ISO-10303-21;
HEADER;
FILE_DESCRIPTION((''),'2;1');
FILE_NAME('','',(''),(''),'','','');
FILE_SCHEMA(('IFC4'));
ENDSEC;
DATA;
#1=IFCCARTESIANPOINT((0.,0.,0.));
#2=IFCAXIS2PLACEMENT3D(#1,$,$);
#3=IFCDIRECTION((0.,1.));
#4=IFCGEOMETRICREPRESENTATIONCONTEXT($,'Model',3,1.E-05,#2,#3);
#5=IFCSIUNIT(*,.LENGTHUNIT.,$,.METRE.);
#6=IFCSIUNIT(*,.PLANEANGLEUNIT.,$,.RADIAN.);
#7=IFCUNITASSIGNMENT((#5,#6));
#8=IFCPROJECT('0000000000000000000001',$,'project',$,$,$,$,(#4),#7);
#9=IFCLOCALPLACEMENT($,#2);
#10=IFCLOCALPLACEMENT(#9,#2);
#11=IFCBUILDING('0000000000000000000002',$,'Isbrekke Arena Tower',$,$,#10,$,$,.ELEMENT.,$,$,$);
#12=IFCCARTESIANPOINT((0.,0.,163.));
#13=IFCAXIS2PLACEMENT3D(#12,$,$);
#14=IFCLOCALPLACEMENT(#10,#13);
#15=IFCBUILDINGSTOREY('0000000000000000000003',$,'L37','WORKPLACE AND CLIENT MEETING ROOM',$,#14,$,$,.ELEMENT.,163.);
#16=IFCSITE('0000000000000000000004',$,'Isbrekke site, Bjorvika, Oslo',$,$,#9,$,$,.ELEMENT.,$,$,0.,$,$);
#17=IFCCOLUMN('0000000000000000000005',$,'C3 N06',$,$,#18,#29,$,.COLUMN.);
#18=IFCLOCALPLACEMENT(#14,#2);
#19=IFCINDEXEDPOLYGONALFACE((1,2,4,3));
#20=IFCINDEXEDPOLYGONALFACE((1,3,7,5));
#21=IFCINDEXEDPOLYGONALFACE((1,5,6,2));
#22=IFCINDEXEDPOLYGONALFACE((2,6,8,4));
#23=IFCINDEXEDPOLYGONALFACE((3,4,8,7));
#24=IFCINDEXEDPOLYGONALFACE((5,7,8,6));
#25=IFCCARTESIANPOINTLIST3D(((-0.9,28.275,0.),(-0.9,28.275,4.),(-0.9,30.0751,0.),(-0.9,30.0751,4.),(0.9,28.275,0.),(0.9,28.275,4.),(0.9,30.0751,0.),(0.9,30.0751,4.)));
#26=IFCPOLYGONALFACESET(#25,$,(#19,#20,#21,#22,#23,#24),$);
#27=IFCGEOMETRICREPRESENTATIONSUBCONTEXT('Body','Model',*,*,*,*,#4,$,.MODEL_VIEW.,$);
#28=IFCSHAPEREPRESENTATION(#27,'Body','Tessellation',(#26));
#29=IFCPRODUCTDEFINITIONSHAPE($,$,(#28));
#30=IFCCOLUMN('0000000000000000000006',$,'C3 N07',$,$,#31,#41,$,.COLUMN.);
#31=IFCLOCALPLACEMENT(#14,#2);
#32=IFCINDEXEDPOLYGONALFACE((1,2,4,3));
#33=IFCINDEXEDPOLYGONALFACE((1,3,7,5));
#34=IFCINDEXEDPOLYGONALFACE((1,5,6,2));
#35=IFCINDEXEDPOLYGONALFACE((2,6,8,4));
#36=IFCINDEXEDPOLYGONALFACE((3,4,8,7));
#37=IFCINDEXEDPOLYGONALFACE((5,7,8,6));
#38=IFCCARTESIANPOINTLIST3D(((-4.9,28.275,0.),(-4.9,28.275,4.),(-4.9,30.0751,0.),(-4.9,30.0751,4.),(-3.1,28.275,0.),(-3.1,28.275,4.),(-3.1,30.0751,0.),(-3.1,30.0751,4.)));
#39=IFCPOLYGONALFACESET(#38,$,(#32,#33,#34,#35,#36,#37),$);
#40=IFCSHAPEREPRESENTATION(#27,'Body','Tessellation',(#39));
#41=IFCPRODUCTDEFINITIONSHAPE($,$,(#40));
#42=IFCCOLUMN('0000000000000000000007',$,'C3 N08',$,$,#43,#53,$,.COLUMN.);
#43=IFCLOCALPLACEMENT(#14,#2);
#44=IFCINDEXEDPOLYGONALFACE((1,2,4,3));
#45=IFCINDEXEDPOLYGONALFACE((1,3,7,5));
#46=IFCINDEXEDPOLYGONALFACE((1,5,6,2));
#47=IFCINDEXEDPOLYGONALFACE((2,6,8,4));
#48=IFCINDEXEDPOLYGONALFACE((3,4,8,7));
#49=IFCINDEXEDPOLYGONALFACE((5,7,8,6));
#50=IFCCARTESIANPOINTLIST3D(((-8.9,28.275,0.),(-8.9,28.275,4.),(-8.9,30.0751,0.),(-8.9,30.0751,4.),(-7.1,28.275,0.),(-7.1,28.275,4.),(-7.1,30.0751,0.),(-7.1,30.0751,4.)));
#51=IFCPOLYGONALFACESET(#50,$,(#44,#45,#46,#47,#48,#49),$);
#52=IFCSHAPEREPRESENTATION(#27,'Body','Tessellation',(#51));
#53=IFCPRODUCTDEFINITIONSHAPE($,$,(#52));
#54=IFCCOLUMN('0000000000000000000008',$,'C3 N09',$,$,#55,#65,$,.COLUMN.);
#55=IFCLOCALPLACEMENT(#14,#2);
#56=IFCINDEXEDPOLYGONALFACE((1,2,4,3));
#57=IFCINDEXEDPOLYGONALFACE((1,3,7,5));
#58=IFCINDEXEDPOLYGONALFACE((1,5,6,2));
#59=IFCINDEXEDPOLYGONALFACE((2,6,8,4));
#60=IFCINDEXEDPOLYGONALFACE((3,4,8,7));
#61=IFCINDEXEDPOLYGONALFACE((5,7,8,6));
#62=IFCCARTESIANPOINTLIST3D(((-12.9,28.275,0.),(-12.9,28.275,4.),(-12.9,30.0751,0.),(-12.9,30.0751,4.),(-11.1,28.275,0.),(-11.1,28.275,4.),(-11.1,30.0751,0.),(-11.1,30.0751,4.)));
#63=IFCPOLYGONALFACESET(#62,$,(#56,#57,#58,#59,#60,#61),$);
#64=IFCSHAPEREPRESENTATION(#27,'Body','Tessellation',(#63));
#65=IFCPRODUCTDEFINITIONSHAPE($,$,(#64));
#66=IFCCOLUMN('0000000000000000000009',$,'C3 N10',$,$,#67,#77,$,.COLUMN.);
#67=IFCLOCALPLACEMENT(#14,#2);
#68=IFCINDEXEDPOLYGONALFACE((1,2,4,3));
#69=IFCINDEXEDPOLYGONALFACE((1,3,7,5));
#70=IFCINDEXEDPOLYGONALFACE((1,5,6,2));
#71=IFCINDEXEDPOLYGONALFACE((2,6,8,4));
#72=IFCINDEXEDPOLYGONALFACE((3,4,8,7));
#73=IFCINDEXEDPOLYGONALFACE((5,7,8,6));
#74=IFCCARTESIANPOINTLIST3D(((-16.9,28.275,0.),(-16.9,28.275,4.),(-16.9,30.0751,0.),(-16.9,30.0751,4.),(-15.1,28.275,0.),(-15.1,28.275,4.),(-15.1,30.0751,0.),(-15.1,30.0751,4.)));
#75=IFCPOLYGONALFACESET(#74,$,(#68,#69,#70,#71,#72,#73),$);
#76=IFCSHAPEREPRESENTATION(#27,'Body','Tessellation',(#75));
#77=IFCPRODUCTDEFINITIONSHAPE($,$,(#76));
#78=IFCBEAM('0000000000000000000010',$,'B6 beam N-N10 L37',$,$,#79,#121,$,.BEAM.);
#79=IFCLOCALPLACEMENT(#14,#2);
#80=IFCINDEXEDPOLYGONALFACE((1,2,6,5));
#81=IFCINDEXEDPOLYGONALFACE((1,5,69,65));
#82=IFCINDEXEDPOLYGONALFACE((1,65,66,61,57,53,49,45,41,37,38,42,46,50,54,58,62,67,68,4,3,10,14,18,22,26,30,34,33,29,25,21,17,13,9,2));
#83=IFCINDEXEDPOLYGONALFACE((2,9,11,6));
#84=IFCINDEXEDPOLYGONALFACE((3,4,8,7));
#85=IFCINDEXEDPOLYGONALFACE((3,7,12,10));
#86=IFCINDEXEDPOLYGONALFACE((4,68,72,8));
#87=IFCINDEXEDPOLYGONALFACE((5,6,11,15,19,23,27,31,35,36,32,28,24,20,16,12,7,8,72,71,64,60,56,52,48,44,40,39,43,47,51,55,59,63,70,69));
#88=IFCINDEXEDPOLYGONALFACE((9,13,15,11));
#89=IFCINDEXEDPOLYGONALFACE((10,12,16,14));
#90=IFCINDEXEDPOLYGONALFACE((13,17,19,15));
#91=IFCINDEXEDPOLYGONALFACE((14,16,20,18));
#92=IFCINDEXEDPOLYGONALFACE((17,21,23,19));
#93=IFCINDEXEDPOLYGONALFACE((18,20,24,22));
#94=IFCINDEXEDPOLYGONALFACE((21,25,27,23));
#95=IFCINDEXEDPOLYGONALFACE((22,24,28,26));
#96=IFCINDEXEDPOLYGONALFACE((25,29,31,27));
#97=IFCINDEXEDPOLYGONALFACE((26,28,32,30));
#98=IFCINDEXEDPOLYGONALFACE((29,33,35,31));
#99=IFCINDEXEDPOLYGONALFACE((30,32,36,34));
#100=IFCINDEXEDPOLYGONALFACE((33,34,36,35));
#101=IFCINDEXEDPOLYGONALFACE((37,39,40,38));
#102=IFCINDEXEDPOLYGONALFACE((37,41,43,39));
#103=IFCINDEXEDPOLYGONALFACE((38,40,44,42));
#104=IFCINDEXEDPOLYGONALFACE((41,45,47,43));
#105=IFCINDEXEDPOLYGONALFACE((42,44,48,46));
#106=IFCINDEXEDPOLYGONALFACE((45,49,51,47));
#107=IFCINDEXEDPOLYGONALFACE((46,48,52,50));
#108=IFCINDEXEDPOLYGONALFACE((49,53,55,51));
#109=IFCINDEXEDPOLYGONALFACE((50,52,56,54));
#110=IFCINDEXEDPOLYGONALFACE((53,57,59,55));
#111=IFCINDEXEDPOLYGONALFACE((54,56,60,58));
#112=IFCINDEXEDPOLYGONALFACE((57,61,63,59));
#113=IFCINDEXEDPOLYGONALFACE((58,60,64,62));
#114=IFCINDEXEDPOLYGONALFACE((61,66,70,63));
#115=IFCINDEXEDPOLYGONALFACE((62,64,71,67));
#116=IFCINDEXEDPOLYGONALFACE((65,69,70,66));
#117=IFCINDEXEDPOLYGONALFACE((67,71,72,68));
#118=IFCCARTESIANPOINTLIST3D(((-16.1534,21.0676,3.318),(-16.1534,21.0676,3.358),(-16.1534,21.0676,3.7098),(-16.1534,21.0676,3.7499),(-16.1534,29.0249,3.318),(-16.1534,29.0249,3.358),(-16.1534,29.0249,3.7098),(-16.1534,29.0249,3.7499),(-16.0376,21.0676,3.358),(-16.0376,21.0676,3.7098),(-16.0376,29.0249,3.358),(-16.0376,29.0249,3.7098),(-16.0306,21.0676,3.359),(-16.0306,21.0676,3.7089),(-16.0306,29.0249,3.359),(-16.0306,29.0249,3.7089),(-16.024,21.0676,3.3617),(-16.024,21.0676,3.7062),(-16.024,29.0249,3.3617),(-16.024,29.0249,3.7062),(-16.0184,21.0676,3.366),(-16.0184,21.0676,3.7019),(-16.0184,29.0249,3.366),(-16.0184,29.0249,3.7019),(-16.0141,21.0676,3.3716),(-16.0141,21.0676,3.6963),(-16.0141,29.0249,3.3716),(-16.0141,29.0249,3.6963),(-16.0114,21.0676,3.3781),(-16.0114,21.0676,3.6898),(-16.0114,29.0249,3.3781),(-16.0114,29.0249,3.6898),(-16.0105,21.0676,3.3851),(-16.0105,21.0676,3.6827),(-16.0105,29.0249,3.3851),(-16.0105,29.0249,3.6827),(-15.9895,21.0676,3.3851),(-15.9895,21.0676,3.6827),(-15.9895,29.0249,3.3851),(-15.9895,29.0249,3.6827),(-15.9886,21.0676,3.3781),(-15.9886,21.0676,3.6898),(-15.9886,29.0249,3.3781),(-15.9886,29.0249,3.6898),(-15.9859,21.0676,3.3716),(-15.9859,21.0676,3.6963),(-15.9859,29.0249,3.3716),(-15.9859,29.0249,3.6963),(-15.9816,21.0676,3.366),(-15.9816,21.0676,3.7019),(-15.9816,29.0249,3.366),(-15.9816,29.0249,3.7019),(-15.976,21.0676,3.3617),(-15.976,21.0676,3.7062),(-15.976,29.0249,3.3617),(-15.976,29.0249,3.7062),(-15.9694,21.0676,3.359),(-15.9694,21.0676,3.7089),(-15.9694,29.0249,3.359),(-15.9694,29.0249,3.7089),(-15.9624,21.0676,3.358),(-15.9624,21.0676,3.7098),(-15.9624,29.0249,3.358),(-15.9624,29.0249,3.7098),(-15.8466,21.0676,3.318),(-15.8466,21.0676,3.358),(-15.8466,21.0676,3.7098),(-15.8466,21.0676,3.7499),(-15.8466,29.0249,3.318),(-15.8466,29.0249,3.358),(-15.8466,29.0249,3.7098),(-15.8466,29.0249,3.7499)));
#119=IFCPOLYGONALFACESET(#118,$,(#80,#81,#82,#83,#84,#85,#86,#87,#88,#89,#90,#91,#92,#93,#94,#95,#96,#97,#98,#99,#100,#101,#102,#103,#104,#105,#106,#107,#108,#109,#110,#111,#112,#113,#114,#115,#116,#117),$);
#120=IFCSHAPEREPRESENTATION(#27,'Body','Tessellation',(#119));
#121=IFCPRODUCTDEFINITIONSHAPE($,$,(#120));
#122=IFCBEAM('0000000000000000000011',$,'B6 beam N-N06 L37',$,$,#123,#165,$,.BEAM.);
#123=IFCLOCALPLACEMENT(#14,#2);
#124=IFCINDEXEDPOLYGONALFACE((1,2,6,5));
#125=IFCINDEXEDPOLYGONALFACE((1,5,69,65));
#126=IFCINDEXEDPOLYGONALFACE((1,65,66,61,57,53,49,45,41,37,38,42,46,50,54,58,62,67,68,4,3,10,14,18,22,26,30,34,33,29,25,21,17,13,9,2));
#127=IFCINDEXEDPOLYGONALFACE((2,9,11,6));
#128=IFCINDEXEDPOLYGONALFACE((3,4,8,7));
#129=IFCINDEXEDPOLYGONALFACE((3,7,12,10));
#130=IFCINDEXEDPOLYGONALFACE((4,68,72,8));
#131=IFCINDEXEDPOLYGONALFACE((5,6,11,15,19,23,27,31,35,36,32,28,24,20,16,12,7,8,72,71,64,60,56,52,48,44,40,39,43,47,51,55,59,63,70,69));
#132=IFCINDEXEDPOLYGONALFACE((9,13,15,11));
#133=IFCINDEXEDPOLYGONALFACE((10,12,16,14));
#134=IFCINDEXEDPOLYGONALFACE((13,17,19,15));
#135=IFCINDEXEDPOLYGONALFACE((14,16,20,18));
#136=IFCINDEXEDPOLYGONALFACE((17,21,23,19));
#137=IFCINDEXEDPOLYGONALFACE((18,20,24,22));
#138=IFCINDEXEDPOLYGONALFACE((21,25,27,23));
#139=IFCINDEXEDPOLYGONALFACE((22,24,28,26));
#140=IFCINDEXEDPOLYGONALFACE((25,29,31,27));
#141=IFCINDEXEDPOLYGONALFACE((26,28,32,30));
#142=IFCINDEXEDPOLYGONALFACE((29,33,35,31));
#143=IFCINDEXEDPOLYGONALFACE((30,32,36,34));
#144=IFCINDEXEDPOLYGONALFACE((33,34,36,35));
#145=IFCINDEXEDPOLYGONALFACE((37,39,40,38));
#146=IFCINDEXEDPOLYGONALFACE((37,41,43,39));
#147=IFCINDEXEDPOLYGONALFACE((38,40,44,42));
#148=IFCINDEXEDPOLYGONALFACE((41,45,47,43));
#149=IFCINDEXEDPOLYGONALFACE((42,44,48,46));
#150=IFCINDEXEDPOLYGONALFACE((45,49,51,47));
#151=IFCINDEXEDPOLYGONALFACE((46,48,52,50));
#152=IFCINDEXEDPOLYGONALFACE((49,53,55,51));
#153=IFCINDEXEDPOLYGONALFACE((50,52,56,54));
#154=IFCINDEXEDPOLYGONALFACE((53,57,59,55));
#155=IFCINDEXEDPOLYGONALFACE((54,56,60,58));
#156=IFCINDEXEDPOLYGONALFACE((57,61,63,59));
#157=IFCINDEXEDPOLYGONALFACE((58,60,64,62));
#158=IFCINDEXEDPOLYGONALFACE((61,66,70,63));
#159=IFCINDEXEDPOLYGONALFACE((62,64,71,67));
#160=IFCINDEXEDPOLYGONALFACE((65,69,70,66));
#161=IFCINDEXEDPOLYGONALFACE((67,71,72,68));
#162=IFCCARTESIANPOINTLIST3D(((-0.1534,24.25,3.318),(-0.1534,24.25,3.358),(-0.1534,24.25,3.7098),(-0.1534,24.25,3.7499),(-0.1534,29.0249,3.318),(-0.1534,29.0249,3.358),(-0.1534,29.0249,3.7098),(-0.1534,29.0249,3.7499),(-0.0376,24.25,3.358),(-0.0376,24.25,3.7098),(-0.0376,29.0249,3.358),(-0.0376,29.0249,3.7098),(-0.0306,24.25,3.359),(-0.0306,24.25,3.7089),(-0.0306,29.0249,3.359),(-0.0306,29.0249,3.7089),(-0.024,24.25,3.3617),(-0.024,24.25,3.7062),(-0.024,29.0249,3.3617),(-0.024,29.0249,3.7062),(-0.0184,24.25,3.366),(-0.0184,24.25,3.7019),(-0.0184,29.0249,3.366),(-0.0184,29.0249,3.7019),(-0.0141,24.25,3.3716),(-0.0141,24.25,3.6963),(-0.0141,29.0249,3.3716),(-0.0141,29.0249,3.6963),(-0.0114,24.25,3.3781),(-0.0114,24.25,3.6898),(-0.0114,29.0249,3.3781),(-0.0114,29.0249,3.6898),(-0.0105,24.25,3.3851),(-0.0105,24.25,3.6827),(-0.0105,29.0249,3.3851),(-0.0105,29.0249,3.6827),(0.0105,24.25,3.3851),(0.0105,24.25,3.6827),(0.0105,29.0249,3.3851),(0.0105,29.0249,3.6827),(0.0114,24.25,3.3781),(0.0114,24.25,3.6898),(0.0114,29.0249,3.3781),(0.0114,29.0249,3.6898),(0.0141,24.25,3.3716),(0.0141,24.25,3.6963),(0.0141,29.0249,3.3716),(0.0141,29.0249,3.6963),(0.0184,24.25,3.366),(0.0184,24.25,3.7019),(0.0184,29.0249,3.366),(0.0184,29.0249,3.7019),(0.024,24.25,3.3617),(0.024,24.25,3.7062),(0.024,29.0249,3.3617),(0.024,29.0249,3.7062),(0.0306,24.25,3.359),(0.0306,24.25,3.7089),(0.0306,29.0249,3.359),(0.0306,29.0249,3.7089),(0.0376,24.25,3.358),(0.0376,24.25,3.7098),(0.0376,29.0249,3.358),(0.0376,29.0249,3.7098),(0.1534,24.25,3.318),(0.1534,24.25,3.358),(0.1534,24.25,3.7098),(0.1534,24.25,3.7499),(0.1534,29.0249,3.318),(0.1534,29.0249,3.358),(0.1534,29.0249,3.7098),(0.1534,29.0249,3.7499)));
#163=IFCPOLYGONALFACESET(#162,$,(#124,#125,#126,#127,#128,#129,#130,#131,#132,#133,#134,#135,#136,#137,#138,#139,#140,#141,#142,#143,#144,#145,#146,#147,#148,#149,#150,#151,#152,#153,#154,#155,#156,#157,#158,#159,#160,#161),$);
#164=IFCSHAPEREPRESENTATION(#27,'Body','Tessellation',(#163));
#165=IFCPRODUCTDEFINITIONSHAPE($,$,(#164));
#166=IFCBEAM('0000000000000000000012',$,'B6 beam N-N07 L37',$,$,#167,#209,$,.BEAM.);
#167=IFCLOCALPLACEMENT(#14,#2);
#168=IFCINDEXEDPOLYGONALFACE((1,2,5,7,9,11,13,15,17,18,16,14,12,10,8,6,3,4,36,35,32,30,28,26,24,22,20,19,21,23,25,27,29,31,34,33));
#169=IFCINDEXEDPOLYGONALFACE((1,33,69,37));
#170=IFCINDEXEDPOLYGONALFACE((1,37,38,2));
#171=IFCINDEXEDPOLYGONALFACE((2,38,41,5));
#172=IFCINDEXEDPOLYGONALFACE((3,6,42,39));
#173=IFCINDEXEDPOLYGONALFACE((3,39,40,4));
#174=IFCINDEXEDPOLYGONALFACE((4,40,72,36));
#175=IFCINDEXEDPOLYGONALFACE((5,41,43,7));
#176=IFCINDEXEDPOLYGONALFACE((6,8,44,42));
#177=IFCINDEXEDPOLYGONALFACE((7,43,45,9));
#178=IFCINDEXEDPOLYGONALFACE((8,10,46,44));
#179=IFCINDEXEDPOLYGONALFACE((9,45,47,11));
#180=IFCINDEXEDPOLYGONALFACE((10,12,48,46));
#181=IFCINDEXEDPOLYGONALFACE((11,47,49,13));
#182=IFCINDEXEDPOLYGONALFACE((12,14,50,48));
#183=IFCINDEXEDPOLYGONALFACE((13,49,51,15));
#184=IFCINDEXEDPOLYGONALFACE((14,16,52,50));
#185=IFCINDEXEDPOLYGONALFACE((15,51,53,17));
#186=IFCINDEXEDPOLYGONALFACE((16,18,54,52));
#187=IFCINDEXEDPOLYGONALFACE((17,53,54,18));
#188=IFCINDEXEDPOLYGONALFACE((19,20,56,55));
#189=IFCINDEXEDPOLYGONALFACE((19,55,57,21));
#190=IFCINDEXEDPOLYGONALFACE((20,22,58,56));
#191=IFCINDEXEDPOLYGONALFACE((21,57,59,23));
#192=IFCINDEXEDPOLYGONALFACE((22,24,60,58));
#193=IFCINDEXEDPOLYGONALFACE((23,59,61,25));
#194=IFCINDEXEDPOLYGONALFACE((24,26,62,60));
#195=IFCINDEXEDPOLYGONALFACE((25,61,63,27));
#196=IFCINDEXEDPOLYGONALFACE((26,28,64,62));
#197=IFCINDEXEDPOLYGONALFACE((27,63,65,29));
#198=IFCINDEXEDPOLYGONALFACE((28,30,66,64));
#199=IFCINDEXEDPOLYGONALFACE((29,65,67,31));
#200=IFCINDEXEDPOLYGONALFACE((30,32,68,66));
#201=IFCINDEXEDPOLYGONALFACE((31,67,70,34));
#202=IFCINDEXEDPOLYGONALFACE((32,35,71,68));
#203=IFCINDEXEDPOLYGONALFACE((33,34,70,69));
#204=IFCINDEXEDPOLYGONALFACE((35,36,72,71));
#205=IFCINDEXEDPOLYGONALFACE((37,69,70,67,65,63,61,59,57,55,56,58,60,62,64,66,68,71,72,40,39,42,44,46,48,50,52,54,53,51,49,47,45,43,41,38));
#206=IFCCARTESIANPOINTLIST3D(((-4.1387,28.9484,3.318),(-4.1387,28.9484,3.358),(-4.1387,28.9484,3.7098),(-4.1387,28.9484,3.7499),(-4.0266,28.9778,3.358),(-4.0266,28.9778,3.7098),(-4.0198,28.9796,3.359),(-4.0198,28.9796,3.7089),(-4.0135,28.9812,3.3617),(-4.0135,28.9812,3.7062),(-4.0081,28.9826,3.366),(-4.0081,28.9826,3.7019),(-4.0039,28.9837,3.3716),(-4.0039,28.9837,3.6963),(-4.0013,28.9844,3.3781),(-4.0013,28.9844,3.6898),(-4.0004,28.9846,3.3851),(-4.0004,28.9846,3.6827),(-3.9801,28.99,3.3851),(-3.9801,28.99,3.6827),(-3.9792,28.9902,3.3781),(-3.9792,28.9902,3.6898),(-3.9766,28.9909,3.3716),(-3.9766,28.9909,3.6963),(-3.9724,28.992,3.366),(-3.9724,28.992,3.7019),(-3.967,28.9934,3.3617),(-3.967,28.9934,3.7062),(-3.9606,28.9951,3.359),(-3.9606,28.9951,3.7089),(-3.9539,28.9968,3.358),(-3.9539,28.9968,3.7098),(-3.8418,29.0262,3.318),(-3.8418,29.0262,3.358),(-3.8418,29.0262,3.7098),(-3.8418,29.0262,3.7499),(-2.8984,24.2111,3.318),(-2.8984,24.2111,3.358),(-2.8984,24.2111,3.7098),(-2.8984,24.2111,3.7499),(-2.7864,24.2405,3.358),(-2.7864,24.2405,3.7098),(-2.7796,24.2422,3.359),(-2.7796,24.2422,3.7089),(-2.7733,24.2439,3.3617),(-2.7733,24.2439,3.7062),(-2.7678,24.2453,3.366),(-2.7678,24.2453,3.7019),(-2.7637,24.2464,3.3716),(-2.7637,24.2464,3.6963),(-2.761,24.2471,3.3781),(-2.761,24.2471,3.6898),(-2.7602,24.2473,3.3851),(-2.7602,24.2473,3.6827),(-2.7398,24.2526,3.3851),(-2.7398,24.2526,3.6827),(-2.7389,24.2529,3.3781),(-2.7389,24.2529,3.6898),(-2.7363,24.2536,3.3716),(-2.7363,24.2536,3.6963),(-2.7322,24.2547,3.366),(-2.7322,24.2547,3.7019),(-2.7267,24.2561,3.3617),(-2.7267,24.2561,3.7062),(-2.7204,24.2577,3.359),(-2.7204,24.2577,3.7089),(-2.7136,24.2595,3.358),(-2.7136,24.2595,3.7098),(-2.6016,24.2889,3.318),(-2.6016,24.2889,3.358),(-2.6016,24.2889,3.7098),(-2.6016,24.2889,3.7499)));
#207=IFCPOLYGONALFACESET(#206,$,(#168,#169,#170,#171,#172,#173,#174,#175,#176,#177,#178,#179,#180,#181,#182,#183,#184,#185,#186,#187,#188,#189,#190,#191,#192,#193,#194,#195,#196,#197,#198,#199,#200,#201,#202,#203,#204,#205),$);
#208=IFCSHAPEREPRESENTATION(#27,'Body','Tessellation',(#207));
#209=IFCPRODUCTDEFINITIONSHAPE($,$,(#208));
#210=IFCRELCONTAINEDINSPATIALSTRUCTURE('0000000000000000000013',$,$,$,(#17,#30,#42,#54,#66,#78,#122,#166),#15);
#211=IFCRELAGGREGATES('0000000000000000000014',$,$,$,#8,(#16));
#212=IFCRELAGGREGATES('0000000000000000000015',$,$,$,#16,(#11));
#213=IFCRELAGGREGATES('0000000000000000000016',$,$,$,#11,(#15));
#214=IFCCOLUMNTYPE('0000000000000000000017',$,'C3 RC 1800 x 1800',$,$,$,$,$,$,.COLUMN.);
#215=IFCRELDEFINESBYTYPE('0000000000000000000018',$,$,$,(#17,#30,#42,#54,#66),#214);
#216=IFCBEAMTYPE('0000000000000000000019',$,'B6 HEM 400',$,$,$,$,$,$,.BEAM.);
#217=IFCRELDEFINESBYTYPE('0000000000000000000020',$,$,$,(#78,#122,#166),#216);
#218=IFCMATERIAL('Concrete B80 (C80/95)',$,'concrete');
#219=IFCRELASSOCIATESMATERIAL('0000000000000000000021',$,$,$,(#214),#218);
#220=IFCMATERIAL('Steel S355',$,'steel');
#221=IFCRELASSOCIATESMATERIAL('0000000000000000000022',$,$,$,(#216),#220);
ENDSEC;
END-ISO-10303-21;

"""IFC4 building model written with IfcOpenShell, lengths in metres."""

from ifc_helpers import new_model, si_unit, direction, frame, origin, origin_2d, place, context, subcontext, project, spatial, rectangle, i_section, extrude, material, material_profile, profile_set, type_object, element, save


model = new_model("IFC4")

# Units and contexts
model_context = context("Model", 3, precision=1e-05, world=origin(), true_north=direction((0.0, 1.0)))
body_context = subcontext(model_context, "Body", "Model", "MODEL_VIEW")
ifc_project = project(units=[si_unit("LENGTHUNIT", "METRE"), si_unit("PLANEANGLEUNIT", "RADIAN")], contexts=[model_context])

# Site, building, storey
site_placement = place(None, origin())
site = spatial("IfcSite", under=ifc_project, at=site_placement, Name="Isbrekke site, Bjorvika, Oslo", CompositionType="ELEMENT", RefElevation=0.0)
building_placement = place(site_placement, origin())
building = spatial("IfcBuilding", under=site, at=building_placement, Name="Isbrekke Arena Tower", CompositionType="ELEMENT")
storey_placement = place(building_placement, frame((0.0, 0.0, 163.0)))
storey = spatial("IfcBuildingStorey", under=building, at=storey_placement, Name="L37", Description="WORKPLACE AND CLIENT MEETING ROOM", CompositionType="ELEMENT", Elevation=163.0)

# Columns
ifc_material_1 = material(Name="Concrete B80 (C80/95)", Category="concrete")
ifc_material_profile_1 = material_profile(ifc_material_1, rectangle(XDim=1.8, YDim=1.8, at=origin_2d()), Name="RC 1800x1800")
ifc_profile_set_1 = profile_set([ifc_material_profile_1], Name="Concrete B80 (C80/95)")
column_type = type_object("IfcColumnType", Name="C3 RC 1800 x 1800", PredefinedType="COLUMN", material=ifc_profile_set_1)
for number, where, z_axis, x_axis, name in (
    (1, (0.0, 29.175, 0.0), (0.0, 0.0, 1.0), (-1.0, 0.0, 0.0), "C3 N06"),
    (2, (-4.0, 29.175, 0.0), (0.0, 0.0, 1.0), (-1.0, 0.0, 0.0), "C3 N07"),
    (3, (-8.0, 29.175, 0.0), (0.0, 0.0, 1.0), (-1.0, 0.0, 0.0), "C3 N08"),
    (4, (-12.0, 29.175, 0.0), (0.0, 0.0, 1.0), (-1.0, 0.0, 0.0), "C3 N09"),
    (5, (-16.0, 29.175, 0.0), (0.0, 0.0, 1.0), (-1.0, 0.0, 0.0), "C3 N10"),
):
    element("IfcColumn", number, at=place(storey_placement, frame(where, z_axis=z_axis, x_axis=x_axis)), inside=storey, type_object=column_type, Name=name, PredefinedType="COLUMN", context=body_context, shape_type="SweptSolid", body=[
        extrude(rectangle(XDim=1.8, YDim=1.8, at=origin_2d()), origin(), (0.0, 0.0, 1.0), 4.0),
    ])

# Beams
ifc_material_2 = material(Name="Steel S355", Category="steel")
ifc_material_profile_2 = material_profile(ifc_material_2, i_section(OverallWidth=0.3069, OverallDepth=0.4319, WebThickness=0.021, FlangeThickness=0.04, FilletRadius=0.0271, at=origin_2d()), Name="HEM 400")
ifc_profile_set_2 = profile_set([ifc_material_profile_2], Name="Steel S355")
beam_type_1 = type_object("IfcBeamType", Name="B6 HEM 400", PredefinedType="BEAM", material=ifc_profile_set_2)
beam_1_placement = place(storey_placement, frame((-16.0, 29.0249, 3.5339), z_axis=(0.0, -1.0, 0.0), x_axis=(1.0, 0.0, 0.0)))
element("IfcBeam", 6, at=beam_1_placement, inside=storey, type_object=beam_type_1, Name="B6 beam N-N10 L37", PredefinedType="BEAM", context=body_context, shape_type="SweptSolid", body=[
    extrude(i_section(OverallWidth=0.3069, OverallDepth=0.4319, WebThickness=0.021, FlangeThickness=0.04, FilletRadius=0.0271, at=origin_2d()), origin(), (0.0, 0.0, 1.0), 7.9573),
])
beam_2_placement = place(storey_placement, frame((0.0, 29.0249, 3.5339), z_axis=(0.0, -1.0, 0.0), x_axis=(1.0, 0.0, 0.0)))
element("IfcBeam", 7, at=beam_2_placement, inside=storey, type_object=beam_type_1, Name="B6 beam N-N06 L37", PredefinedType="BEAM", context=body_context, shape_type="SweptSolid", body=[
    extrude(i_section(OverallWidth=0.3069, OverallDepth=0.4319, WebThickness=0.021, FlangeThickness=0.04, FilletRadius=0.0271, at=origin_2d()), origin(), (0.0, 0.0, 1.0), 4.7749),
])
beam_3_placement = place(storey_placement, frame((-3.9902, 28.9873, 3.5339), z_axis=(0.253266, -0.967397, 0.0), x_axis=(0.967397, 0.253266, 0.0)))
element("IfcBeam", 8, at=beam_3_placement, inside=storey, type_object=beam_type_1, Name="B6 beam N-N07 L37", PredefinedType="BEAM", context=body_context, shape_type="SweptSolid", body=[
    extrude(i_section(OverallWidth=0.3069, OverallDepth=0.4319, WebThickness=0.021, FlangeThickness=0.04, FilletRadius=0.0271, at=origin_2d()), origin(), (0.0, 0.0, 1.0), 4.897),
])

save(model, "model.ifc")
